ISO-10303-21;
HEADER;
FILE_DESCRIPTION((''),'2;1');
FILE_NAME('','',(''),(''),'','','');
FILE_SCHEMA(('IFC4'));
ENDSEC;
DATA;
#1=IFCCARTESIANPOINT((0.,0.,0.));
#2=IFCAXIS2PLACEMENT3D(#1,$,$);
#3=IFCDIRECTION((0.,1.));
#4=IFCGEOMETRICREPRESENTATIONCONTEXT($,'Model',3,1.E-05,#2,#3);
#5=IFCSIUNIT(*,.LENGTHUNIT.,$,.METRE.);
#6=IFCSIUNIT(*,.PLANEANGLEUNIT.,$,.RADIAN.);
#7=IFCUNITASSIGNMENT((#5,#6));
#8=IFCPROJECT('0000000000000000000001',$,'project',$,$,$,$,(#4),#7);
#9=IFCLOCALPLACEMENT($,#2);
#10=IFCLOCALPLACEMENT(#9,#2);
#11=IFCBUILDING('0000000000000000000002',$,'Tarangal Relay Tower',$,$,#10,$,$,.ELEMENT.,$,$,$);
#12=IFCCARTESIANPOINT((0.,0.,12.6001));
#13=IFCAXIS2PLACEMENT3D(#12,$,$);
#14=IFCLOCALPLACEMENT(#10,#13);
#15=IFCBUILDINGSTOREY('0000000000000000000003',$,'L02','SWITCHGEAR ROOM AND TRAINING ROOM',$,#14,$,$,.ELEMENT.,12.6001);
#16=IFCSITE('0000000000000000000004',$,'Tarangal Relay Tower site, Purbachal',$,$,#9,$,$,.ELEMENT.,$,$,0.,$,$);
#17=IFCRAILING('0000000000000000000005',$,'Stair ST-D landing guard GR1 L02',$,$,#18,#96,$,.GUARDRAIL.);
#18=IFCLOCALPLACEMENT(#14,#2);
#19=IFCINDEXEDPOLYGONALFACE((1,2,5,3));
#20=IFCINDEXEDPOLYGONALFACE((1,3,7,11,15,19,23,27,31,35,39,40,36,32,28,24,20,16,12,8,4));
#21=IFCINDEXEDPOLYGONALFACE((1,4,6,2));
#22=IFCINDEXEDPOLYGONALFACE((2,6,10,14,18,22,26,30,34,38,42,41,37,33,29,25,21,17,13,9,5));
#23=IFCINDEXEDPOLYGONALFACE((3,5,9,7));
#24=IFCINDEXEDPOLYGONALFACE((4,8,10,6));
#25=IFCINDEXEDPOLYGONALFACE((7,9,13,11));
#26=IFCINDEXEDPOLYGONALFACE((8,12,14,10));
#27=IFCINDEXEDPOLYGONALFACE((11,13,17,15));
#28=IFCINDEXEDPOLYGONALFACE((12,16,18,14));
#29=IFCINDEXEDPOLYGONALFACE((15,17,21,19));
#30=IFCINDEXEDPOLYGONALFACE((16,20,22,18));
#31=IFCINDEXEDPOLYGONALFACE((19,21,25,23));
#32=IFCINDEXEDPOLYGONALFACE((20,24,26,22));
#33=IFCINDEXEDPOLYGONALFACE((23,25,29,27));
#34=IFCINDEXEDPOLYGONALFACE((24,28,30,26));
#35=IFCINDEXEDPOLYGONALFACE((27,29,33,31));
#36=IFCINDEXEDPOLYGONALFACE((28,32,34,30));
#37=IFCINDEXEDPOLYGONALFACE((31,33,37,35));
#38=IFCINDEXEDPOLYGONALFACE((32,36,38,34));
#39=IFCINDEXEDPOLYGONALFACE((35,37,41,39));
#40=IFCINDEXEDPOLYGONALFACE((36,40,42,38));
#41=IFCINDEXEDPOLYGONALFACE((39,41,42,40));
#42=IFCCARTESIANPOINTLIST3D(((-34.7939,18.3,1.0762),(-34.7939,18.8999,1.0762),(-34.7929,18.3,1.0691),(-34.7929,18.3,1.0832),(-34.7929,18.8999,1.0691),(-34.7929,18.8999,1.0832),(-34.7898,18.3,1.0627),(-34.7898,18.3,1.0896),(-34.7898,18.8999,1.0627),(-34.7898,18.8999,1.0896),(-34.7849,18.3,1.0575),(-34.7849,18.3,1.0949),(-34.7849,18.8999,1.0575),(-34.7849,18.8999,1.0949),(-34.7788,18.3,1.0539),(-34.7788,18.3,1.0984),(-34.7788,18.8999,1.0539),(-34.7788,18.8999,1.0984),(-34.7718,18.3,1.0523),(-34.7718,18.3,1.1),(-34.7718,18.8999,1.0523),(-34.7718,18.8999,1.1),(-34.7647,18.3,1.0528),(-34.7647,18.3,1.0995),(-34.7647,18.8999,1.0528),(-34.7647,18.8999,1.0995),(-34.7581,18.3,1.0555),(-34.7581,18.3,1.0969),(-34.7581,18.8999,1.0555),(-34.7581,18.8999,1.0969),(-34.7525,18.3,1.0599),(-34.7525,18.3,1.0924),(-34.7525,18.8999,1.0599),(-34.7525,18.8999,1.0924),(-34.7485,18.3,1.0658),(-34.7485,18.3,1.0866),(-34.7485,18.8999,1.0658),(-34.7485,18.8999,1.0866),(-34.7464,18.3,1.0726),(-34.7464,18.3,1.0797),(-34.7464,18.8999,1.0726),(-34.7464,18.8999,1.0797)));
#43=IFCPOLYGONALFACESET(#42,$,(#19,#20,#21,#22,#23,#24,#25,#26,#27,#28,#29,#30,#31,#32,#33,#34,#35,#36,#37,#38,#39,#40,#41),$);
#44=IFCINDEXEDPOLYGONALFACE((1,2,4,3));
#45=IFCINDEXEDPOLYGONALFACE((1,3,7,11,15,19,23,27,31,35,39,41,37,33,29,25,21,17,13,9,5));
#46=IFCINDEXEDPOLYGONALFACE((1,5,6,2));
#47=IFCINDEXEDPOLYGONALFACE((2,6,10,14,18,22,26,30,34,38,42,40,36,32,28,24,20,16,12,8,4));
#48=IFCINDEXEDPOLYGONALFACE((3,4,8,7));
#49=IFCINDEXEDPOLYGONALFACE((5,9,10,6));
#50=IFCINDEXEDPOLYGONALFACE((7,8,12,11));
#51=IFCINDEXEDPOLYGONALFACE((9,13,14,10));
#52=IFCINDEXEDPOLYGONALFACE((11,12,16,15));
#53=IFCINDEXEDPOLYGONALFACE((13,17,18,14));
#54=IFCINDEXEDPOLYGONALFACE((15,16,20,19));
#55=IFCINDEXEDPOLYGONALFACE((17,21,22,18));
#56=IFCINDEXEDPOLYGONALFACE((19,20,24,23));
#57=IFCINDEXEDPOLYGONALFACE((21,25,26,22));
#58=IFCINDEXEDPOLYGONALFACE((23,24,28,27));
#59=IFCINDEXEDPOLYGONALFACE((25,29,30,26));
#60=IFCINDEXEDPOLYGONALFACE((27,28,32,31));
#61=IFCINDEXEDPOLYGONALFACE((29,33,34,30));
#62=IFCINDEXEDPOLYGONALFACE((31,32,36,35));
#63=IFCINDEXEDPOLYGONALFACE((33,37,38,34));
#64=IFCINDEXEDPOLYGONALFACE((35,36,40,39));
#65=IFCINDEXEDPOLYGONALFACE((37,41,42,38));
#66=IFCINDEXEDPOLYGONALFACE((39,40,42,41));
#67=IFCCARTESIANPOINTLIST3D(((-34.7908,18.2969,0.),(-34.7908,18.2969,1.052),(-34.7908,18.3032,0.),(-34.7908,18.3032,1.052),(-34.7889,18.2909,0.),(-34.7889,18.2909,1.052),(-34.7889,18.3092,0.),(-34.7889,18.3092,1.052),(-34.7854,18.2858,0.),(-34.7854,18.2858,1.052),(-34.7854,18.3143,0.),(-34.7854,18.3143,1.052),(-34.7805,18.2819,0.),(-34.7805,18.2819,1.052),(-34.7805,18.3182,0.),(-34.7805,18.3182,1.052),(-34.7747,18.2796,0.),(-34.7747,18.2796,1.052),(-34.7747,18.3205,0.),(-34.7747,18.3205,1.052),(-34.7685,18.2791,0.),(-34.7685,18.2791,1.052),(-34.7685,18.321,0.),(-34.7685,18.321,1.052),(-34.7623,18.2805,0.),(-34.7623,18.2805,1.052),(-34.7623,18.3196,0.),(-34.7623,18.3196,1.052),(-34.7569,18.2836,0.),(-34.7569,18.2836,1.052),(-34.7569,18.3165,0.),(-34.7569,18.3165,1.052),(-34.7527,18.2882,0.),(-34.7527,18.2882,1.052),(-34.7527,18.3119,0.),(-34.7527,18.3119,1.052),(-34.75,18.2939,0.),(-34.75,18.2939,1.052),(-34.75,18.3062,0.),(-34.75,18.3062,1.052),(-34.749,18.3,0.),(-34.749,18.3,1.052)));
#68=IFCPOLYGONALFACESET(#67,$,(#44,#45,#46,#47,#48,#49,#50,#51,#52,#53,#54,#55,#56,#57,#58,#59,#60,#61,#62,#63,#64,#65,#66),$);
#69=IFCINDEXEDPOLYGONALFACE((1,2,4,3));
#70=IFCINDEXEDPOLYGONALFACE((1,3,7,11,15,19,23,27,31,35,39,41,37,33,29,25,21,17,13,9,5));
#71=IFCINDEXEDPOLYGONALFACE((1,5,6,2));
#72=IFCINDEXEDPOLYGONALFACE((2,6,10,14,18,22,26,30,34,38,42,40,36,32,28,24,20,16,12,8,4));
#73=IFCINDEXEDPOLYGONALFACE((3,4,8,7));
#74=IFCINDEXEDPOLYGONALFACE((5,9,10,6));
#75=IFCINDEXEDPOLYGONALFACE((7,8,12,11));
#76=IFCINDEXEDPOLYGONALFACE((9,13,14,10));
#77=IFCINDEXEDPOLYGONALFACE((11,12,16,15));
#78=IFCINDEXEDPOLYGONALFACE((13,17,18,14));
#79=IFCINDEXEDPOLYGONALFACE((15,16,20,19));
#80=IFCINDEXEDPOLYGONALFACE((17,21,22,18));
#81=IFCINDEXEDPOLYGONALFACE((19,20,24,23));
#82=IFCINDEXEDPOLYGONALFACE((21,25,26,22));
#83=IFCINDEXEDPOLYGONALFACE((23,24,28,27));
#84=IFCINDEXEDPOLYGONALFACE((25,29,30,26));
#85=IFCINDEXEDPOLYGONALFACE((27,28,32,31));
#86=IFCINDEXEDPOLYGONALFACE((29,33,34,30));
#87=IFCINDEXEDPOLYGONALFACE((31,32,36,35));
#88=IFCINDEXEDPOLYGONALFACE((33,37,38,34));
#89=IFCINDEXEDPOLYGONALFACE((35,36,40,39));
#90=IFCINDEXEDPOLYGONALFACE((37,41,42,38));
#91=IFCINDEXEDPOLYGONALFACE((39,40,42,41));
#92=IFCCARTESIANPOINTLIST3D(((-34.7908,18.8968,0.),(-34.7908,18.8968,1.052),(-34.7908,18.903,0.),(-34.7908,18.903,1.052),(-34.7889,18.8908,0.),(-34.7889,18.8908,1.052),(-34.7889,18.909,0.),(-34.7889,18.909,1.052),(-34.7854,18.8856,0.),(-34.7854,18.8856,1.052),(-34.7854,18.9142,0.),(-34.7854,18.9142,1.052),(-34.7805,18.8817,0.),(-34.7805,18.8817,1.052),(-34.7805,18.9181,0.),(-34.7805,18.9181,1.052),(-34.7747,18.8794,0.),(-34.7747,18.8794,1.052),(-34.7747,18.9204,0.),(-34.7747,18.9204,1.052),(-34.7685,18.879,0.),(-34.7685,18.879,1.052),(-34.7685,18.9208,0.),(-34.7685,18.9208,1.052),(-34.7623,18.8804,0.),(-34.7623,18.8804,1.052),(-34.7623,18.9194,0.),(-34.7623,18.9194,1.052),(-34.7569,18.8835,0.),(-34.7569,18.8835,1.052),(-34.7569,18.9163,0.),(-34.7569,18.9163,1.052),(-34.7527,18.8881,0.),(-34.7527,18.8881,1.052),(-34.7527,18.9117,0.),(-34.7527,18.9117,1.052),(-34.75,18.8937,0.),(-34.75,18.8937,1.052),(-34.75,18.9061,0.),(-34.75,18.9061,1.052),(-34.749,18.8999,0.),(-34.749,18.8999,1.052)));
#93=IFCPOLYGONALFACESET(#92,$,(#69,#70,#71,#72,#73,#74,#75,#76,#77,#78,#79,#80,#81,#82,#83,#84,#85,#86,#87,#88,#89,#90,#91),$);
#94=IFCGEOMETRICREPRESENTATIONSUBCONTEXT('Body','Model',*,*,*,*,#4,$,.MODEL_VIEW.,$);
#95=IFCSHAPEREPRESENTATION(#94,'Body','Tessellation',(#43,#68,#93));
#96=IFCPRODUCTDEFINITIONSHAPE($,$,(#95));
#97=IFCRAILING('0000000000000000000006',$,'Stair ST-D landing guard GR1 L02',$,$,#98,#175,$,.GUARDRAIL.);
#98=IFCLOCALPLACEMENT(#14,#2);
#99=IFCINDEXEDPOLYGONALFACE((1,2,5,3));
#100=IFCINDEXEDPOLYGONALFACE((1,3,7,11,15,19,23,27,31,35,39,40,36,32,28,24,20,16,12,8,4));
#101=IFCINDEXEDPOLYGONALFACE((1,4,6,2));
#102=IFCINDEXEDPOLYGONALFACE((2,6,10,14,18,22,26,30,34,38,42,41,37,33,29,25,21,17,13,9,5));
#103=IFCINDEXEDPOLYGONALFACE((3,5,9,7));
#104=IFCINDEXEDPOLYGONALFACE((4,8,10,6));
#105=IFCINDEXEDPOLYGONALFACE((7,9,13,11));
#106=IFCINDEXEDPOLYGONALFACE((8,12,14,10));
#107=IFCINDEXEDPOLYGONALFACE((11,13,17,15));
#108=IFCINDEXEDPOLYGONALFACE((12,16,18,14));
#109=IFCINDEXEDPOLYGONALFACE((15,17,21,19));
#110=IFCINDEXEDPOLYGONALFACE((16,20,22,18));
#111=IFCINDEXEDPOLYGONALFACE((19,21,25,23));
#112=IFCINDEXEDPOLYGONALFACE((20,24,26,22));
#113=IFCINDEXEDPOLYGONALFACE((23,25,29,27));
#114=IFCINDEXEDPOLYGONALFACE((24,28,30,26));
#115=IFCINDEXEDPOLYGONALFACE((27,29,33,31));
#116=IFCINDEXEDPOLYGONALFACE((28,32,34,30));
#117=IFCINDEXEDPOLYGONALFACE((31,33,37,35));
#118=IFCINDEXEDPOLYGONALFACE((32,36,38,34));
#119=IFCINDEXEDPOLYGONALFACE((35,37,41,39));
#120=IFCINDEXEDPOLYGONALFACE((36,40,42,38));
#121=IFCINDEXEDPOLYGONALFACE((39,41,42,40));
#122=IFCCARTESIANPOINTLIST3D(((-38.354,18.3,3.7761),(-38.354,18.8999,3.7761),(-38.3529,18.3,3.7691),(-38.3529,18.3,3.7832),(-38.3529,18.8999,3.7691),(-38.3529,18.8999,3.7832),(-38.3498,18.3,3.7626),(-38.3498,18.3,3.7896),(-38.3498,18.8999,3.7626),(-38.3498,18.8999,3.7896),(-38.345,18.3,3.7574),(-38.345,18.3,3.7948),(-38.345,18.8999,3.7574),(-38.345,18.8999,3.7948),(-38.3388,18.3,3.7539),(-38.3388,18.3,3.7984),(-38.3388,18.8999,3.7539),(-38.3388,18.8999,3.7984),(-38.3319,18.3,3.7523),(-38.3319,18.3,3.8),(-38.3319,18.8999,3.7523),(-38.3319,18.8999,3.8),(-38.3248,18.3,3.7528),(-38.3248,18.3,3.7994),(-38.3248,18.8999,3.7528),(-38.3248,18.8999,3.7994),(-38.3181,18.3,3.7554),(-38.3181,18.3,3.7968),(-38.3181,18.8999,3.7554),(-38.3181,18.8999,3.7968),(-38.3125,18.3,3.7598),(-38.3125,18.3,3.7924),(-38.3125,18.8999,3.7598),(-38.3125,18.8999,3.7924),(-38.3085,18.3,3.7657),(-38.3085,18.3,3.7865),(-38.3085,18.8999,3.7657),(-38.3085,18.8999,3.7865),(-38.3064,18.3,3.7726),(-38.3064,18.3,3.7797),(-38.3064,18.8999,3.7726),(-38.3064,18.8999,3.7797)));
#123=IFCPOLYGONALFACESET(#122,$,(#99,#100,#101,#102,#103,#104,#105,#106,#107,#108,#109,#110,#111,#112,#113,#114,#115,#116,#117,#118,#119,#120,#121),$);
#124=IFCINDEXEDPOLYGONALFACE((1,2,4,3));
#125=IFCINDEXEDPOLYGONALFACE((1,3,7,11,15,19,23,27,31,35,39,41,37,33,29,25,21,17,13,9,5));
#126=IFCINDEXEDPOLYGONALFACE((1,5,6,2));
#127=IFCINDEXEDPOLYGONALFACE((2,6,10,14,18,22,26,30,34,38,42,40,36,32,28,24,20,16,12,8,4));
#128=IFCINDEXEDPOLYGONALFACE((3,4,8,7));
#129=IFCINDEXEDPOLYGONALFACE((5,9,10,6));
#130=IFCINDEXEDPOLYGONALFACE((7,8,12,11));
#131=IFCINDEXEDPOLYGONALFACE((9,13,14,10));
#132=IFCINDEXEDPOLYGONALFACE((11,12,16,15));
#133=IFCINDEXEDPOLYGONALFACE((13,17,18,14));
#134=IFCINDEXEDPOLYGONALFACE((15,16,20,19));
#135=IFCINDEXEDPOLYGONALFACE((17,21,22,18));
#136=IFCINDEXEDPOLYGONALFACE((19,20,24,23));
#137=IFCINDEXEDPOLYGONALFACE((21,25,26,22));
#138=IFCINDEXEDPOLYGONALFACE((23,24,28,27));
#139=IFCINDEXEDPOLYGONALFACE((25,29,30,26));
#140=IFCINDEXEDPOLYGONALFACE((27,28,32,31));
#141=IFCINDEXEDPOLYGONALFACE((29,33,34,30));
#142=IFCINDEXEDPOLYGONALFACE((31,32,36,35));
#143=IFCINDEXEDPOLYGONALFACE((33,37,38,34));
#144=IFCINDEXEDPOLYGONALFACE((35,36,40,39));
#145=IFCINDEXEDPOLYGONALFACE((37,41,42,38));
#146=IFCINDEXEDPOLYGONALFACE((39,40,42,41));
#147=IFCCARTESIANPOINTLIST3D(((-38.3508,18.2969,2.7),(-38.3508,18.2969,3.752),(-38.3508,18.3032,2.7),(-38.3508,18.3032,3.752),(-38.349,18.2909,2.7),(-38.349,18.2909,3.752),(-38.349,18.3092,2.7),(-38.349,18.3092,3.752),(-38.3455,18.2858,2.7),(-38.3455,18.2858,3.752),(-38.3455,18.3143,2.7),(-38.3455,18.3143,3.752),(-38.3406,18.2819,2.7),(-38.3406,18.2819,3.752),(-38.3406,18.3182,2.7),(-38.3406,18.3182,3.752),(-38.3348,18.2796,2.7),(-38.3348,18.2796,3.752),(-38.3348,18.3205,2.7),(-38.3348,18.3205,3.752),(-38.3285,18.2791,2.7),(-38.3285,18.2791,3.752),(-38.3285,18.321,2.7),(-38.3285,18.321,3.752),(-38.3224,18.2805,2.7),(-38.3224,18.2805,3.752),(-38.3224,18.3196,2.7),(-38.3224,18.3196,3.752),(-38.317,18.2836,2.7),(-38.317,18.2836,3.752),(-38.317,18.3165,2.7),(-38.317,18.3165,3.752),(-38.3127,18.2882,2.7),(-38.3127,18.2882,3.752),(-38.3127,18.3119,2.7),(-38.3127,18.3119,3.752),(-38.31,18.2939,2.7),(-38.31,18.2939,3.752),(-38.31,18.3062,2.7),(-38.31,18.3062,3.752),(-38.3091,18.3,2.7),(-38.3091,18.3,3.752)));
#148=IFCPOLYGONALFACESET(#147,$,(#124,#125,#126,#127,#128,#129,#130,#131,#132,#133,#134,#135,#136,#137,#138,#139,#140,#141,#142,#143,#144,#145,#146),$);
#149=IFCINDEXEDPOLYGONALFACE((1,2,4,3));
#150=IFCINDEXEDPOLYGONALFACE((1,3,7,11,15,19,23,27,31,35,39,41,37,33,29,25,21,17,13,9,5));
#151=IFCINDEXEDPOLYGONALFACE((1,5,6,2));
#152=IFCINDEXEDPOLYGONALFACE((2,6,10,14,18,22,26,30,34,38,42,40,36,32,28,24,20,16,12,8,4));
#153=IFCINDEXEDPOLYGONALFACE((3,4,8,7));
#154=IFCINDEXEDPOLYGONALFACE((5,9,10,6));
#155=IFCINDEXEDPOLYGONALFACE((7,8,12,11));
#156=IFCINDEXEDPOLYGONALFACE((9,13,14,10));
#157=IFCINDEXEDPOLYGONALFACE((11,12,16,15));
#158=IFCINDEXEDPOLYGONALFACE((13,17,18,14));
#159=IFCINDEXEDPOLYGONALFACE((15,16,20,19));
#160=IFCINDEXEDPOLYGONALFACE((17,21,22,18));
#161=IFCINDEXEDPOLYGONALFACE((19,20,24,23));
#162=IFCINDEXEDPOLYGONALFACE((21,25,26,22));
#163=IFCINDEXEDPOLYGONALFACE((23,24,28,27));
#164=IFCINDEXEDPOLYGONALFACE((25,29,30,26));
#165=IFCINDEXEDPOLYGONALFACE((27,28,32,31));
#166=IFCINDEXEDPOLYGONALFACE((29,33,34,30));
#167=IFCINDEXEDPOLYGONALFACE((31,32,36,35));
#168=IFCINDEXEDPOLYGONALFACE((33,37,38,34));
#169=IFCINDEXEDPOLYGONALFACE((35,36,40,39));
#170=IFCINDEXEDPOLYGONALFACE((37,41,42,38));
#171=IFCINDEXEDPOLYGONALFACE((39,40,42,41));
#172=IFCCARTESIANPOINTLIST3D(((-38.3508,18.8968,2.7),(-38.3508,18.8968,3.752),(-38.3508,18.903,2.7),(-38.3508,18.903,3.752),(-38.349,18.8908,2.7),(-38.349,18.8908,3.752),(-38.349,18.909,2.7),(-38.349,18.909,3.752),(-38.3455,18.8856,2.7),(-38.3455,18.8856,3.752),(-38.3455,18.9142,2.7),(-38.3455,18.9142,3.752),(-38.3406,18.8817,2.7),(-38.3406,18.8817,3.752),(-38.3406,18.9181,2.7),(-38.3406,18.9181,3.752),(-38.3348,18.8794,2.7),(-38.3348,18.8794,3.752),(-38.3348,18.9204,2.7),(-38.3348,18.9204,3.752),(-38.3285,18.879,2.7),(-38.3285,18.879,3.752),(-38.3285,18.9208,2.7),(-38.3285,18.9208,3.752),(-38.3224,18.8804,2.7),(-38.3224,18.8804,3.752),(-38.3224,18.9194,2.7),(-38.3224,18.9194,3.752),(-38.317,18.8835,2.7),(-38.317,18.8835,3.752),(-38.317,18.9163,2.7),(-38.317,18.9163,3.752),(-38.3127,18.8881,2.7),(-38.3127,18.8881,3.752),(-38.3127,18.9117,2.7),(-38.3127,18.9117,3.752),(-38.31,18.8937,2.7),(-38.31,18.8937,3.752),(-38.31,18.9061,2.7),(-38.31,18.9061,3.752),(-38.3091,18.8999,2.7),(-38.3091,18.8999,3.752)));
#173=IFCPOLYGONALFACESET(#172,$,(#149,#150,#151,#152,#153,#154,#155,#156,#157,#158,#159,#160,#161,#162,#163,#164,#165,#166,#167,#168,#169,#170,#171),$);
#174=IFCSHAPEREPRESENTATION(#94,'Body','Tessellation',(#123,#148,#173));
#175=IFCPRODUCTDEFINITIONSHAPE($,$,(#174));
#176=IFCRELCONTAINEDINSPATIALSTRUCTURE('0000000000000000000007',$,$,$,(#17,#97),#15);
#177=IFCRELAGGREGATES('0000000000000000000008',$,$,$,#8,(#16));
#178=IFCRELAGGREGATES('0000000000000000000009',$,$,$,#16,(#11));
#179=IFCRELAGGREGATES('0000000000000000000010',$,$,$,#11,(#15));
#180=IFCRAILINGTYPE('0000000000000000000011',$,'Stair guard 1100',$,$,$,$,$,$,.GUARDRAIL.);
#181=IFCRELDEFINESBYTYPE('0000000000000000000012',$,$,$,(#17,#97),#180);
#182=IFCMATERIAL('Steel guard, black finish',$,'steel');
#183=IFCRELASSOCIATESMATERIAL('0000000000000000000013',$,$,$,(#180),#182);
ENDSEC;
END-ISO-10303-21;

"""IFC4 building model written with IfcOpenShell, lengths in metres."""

from ifc_helpers import new_model, si_unit, direction, frame, origin, origin_2d, place, context, subcontext, project, spatial, circle, extrude, material, type_object, element, save


model = new_model("IFC4")

# Units and contexts
model_context = context("Model", 3, precision=1e-05, world=origin(), true_north=direction((0.0, 1.0)))
body_context = subcontext(model_context, "Body", "Model", "MODEL_VIEW")
ifc_project = project(units=[si_unit("LENGTHUNIT", "METRE"), si_unit("PLANEANGLEUNIT", "RADIAN")], contexts=[model_context])

# Site, building, storey
site_placement = place(None, origin())
site = spatial("IfcSite", under=ifc_project, at=site_placement, Name="Tarangal Relay Tower site, Purbachal", CompositionType="ELEMENT", RefElevation=0.0)
building_placement = place(site_placement, origin())
building = spatial("IfcBuilding", under=site, at=building_placement, Name="Tarangal Relay Tower", CompositionType="ELEMENT")
storey_placement = place(building_placement, frame((0.0, 0.0, 12.6001)))
storey = spatial("IfcBuildingStorey", under=building, at=storey_placement, Name="L02", Description="SWITCHGEAR ROOM AND TRAINING ROOM", CompositionType="ELEMENT", Elevation=12.6001)

# Railings
ifc_material_1 = material(Name="Steel guard, black finish", Category="steel")
railing_type_1 = type_object("IfcRailingType", Name="Stair guard 1100", PredefinedType="GUARDRAIL", material=ifc_material_1)
for number, where, name in (
    (1, (-34.77, 18.3, 0.0), "Stair ST-D landing guard GR1 L02"),
    (2, (-38.3301, 18.3, 2.7), "Stair ST-D landing guard GR1 L02"),
):
    element("IfcRailing", number, at=place(storey_placement, frame(where)), inside=storey, type_object=railing_type_1, Name=name, PredefinedType="GUARDRAIL", context=body_context, shape_type="SweptSolid", body=[
        extrude(circle(Radius=0.0239, at=origin_2d()), frame((0.0, 0.0, 1.0762), z_axis=(0.0, 1.0, 0.0), x_axis=(-1.0, 0.0, 0.0)), (0.0, 0.0, 1.0), 0.5999),
        extrude(circle(Radius=0.021, at=origin_2d()), origin(), (0.0, 0.0, 1.0), 1.052),
        extrude(circle(Radius=0.021, at=origin_2d()), frame((0.0, 0.5999, 0.0)), (0.0, 0.0, 1.0), 1.052),
    ])

save(model, "model.ifc")
